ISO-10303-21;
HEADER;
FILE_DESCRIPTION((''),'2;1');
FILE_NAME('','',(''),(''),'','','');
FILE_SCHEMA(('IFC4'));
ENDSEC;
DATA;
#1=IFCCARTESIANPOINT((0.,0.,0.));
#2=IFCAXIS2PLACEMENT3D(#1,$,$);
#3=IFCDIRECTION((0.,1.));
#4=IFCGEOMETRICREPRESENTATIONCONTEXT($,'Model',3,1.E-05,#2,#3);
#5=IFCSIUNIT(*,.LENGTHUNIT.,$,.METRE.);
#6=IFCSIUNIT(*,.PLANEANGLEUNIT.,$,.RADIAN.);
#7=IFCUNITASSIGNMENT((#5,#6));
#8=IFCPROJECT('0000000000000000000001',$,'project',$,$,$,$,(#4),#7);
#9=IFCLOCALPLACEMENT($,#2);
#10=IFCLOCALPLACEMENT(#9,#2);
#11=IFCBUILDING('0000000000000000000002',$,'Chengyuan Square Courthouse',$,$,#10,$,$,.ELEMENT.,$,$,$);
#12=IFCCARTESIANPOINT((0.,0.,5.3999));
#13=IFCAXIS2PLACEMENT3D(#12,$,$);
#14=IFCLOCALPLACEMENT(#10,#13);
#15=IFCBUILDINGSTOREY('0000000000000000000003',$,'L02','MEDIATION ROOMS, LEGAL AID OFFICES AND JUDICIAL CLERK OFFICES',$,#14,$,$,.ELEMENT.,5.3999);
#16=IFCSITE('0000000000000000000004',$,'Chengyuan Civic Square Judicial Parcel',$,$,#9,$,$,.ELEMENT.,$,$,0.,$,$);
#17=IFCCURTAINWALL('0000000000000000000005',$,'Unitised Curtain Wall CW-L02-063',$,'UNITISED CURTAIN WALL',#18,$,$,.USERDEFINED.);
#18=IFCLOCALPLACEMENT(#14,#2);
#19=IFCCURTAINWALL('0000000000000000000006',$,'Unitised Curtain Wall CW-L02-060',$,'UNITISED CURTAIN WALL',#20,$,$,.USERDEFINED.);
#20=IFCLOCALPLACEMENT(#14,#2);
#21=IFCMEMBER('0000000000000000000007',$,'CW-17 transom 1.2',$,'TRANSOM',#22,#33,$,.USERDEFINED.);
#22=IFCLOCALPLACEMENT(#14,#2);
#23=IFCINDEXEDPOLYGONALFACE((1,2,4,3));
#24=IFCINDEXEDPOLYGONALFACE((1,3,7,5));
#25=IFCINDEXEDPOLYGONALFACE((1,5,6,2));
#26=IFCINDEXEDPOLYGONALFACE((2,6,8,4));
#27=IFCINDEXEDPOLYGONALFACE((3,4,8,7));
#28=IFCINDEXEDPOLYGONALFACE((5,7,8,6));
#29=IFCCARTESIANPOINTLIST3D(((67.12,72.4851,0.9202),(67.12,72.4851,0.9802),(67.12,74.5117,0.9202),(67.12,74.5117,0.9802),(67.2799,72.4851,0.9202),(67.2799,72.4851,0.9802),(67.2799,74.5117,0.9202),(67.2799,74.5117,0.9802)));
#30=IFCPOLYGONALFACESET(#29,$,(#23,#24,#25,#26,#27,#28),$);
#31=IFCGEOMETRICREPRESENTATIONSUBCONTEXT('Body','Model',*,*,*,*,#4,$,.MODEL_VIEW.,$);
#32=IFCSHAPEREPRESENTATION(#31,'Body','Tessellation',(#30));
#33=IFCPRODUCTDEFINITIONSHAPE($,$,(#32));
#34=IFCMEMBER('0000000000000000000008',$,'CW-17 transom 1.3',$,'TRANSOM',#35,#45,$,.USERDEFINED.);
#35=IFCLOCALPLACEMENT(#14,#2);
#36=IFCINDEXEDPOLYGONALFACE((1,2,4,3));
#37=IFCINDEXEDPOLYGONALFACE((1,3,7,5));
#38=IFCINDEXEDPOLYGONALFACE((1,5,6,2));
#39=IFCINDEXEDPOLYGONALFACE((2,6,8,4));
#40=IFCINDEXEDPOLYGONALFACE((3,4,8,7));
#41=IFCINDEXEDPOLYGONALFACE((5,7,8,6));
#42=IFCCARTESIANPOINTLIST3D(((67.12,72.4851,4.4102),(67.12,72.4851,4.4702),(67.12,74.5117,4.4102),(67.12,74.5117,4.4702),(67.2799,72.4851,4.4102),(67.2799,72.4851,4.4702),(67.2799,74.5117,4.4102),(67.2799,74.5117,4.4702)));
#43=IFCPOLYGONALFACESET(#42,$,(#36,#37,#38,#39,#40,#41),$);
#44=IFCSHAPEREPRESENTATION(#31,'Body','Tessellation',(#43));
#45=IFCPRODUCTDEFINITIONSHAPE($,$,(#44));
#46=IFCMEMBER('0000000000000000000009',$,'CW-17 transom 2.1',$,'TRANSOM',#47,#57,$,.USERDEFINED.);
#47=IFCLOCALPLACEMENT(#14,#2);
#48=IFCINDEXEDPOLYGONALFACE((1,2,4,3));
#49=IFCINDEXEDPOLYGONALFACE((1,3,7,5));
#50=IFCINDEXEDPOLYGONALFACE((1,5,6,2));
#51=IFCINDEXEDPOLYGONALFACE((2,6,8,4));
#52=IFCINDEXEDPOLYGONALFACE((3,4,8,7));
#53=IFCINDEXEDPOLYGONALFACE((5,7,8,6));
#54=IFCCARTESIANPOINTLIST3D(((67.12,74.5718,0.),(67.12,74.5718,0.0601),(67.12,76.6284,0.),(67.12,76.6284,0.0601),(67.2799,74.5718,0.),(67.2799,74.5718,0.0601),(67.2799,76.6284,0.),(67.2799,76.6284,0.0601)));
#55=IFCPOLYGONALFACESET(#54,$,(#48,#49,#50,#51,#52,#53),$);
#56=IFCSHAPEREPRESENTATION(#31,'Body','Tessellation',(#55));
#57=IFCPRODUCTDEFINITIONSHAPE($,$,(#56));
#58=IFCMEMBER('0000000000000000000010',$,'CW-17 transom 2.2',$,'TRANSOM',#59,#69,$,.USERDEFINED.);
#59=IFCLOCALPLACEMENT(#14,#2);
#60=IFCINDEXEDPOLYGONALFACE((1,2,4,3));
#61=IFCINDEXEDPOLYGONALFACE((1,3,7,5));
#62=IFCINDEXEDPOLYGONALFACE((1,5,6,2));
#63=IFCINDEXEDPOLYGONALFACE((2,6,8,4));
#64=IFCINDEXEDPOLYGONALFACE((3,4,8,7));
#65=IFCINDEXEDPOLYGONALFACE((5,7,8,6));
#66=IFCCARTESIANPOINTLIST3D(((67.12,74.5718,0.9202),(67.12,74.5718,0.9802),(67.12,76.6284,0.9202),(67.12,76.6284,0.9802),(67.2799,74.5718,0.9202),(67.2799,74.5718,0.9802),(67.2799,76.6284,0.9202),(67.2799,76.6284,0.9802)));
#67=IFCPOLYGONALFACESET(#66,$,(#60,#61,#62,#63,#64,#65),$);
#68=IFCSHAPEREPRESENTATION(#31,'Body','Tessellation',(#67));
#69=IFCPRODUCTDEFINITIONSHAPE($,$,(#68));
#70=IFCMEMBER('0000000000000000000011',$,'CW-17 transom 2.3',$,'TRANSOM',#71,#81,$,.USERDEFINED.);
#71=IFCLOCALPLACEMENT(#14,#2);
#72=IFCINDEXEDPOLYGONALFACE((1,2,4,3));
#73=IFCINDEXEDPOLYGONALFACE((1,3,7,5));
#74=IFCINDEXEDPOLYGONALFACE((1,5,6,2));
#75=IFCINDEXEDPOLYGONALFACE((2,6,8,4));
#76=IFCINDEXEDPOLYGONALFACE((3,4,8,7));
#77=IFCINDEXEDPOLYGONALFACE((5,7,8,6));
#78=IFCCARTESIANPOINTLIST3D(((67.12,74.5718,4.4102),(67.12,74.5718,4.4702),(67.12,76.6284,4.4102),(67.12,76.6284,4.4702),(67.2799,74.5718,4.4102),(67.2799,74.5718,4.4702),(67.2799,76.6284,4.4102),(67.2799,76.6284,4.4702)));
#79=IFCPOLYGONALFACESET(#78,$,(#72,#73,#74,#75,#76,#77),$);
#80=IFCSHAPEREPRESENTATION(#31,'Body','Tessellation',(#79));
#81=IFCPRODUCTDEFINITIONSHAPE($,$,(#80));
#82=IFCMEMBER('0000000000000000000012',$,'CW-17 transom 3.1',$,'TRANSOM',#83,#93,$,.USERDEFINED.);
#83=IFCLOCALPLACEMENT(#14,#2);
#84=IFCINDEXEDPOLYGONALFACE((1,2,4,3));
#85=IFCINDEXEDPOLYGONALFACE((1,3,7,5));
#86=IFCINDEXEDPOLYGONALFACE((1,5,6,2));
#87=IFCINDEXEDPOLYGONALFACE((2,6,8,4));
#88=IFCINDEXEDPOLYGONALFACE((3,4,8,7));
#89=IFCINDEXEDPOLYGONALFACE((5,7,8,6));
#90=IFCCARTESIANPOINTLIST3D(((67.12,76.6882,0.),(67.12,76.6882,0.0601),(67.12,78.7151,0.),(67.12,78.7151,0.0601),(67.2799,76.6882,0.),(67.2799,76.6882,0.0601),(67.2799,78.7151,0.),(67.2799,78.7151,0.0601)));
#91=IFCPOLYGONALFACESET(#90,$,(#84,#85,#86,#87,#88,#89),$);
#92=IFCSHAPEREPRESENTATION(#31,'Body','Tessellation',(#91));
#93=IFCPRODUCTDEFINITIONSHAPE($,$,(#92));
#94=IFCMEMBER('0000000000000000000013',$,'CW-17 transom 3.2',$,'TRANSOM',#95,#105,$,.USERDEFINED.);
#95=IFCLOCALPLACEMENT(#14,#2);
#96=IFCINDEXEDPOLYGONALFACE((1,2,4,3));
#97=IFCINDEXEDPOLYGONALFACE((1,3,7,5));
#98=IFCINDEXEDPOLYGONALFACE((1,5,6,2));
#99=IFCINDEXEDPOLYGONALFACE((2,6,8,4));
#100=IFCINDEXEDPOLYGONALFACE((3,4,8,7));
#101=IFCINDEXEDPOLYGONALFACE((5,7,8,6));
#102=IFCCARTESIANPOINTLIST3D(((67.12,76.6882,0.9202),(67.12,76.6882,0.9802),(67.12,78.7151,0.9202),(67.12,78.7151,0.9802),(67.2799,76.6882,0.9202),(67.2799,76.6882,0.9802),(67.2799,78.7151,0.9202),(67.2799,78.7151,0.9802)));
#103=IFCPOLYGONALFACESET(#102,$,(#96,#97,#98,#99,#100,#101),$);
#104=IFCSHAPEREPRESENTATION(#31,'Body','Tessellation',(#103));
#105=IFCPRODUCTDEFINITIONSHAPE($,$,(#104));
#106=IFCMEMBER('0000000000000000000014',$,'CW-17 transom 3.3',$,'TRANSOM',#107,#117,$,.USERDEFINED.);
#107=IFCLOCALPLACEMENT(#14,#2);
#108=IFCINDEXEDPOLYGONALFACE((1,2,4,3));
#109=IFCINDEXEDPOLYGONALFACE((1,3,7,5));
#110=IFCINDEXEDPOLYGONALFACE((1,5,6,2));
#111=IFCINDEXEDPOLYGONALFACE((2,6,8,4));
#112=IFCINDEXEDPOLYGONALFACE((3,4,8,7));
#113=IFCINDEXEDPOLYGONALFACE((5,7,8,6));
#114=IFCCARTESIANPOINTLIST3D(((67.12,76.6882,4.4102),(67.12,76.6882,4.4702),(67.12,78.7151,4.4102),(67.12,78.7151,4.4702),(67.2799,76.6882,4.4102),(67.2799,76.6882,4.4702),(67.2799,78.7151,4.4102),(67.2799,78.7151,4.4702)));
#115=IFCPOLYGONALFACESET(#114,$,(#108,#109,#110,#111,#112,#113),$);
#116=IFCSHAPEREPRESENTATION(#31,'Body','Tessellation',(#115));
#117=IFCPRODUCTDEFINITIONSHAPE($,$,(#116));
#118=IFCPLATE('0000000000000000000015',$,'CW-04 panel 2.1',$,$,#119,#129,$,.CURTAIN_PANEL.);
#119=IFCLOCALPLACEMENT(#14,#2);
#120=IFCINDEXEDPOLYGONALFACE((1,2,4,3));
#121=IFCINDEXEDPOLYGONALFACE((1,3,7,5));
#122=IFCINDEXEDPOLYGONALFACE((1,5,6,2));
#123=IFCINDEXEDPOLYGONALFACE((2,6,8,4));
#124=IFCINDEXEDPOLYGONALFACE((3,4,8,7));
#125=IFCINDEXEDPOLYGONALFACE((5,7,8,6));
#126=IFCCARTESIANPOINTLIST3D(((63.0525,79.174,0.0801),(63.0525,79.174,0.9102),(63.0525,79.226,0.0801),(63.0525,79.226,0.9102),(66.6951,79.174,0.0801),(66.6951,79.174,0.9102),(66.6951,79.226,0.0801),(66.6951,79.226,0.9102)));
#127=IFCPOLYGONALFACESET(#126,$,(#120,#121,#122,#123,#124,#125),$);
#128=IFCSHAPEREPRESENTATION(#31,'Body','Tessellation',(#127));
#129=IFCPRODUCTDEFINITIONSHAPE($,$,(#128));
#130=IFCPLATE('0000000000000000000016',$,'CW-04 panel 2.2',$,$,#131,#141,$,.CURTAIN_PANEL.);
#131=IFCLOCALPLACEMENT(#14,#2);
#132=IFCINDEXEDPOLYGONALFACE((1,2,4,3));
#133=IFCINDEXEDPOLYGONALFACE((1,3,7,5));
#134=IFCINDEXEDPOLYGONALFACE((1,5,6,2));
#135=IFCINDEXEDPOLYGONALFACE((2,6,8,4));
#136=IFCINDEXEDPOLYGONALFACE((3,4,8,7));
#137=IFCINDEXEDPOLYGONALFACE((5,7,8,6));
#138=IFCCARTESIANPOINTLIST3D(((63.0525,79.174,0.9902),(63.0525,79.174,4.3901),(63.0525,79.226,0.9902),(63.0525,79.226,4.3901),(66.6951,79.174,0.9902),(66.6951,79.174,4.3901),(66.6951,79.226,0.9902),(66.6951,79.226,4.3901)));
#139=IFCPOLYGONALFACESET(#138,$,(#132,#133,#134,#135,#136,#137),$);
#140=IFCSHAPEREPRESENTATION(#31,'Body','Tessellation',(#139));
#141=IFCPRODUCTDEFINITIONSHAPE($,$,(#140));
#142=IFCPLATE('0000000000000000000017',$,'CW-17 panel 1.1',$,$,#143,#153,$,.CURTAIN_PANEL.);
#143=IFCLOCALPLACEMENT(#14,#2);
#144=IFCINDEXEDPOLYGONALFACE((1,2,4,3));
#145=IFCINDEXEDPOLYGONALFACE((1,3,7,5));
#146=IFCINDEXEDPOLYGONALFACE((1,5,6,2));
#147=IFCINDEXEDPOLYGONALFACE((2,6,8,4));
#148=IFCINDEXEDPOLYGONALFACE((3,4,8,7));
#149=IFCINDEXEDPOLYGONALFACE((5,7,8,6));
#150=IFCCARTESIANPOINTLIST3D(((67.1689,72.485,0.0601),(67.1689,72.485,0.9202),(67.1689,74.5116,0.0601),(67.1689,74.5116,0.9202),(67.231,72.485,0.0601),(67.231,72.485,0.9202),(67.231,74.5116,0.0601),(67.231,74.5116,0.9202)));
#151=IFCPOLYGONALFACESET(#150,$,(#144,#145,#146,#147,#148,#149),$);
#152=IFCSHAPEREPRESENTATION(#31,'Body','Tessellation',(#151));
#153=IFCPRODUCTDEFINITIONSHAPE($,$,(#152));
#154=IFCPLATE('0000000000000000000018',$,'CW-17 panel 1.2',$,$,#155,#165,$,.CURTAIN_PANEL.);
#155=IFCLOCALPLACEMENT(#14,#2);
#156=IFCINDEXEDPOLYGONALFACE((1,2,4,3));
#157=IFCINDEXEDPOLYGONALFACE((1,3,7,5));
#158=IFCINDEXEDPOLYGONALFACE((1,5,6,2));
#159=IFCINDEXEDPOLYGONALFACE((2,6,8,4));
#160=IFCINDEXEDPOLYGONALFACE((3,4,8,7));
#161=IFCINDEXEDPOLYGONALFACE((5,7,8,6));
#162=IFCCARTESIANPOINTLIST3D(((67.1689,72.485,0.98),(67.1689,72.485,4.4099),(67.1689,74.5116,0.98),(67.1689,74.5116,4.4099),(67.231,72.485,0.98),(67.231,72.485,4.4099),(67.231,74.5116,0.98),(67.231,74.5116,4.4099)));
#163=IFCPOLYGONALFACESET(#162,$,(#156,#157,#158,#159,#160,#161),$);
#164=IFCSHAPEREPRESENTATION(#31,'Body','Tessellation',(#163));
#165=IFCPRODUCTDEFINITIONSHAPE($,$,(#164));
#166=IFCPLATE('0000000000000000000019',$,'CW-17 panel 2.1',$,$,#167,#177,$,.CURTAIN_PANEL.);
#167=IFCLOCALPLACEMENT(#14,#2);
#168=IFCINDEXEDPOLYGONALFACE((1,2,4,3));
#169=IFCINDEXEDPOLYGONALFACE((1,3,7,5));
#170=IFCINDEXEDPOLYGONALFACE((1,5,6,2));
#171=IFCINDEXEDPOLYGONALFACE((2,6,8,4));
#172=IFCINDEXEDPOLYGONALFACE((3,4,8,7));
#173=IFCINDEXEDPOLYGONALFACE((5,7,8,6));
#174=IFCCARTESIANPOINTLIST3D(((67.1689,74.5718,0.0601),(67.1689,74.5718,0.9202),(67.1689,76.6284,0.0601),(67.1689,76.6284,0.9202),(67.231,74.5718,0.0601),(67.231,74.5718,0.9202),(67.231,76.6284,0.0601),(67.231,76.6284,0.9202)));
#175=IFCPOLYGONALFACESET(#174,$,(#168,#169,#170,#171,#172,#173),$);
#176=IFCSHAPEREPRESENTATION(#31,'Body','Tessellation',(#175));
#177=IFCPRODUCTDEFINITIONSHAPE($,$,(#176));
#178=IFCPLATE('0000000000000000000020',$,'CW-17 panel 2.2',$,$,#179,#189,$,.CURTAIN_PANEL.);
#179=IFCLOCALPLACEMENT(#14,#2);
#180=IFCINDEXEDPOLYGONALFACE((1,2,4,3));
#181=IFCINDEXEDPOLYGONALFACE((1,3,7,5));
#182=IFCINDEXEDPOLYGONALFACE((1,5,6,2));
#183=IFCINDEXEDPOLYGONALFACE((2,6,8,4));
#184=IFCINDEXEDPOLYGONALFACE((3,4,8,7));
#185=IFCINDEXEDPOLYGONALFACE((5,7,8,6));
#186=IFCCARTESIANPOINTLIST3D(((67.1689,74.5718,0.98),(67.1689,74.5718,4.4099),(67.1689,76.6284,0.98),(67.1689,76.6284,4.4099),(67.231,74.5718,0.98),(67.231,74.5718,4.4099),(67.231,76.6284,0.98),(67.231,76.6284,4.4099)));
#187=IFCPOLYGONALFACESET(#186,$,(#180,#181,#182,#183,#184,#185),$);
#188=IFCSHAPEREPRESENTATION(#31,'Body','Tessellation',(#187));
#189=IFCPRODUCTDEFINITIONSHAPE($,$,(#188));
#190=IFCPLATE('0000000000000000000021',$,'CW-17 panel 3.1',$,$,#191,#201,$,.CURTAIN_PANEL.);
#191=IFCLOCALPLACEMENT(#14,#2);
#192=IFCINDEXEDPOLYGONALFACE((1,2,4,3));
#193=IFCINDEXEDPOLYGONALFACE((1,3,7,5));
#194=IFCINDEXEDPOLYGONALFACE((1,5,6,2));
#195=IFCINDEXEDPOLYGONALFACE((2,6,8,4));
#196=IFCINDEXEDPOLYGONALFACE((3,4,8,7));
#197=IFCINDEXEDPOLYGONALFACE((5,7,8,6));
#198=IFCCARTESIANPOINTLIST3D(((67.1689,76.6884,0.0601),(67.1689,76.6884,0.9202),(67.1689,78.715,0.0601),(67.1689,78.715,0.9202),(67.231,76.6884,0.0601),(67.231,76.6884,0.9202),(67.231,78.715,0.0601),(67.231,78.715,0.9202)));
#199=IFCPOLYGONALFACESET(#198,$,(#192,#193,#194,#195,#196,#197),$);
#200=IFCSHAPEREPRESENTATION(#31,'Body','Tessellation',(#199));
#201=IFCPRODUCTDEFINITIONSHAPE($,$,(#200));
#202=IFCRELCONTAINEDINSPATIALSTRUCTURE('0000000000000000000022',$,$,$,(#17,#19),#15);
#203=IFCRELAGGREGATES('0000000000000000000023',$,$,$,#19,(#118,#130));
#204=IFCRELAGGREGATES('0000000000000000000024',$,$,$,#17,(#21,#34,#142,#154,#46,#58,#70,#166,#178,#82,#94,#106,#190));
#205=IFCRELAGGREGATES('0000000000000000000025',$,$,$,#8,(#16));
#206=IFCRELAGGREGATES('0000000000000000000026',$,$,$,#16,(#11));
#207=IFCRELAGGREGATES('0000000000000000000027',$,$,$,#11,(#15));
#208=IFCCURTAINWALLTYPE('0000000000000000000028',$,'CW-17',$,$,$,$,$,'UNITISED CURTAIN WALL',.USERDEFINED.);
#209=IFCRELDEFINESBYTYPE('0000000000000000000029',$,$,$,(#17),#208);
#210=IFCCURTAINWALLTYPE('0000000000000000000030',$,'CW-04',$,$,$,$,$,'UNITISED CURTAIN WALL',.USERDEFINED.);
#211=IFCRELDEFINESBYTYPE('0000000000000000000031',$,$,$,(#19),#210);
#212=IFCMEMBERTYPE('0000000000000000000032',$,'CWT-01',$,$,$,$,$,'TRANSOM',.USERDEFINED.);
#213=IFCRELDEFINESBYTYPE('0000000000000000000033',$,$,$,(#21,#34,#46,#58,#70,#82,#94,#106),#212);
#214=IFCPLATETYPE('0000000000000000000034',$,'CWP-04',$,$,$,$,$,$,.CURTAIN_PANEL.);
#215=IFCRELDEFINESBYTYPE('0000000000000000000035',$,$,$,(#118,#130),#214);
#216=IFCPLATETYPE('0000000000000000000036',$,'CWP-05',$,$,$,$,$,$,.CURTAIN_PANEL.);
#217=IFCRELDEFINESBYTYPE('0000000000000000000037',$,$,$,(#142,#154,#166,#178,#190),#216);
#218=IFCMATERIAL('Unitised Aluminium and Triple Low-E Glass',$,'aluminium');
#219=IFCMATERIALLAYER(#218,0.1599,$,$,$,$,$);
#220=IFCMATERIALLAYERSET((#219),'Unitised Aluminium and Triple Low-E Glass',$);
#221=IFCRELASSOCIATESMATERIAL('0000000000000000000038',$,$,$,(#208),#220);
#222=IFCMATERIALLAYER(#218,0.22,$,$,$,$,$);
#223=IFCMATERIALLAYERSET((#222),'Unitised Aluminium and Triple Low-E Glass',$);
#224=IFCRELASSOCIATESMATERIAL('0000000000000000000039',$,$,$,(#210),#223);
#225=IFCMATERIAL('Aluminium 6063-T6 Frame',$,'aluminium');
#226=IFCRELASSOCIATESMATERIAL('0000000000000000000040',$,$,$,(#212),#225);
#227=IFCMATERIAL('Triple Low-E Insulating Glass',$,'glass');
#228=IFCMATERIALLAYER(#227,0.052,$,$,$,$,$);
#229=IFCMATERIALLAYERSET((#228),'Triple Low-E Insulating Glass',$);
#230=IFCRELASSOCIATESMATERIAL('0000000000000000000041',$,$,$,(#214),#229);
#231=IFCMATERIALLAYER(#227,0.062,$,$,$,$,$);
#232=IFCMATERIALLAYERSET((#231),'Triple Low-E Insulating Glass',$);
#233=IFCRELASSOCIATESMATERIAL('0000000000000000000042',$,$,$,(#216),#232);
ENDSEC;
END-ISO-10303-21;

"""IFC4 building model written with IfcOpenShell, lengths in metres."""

from ifc_helpers import new_model, si_unit, direction, frame, origin, origin_2d, place, context, subcontext, project, spatial, rectangle, extrude, material, layer, layer_set, material_profile, profile_set, type_object, element, aggregate, save


model = new_model("IFC4")

# Units and contexts
model_context = context("Model", 3, precision=1e-05, world=origin(), true_north=direction((0.0, 1.0)))
body_context = subcontext(model_context, "Body", "Model", "MODEL_VIEW")
ifc_project = project(units=[si_unit("LENGTHUNIT", "METRE"), si_unit("PLANEANGLEUNIT", "RADIAN")], contexts=[model_context])

# Site, building, storey
site_placement = place(None, origin())
site = spatial("IfcSite", under=ifc_project, at=site_placement, Name="Chengyuan Civic Square Judicial Parcel", CompositionType="ELEMENT", RefElevation=0.0)
building_placement = place(site_placement, origin())
building = spatial("IfcBuilding", under=site, at=building_placement, Name="Chengyuan Square Courthouse", CompositionType="ELEMENT")
storey_placement = place(building_placement, frame((0.0, 0.0, 5.3999)))
storey = spatial("IfcBuildingStorey", under=building, at=storey_placement, Name="L02", Description="MEDIATION ROOMS, LEGAL AID OFFICES AND JUDICIAL CLERK OFFICES", CompositionType="ELEMENT", Elevation=5.3999)

# Curtain wall
ifc_material_1 = material(Name="Unitised Aluminium and Triple Low-E Glass", Category="aluminium")
ifc_layer_1 = layer(ifc_material_1, 0.1599)
ifc_layer_set_1 = layer_set([ifc_layer_1], Name="Unitised Aluminium and Triple Low-E Glass")
curtain_wall_type_1 = type_object("IfcCurtainWallType", Name="CW-17", ElementType="UNITISED CURTAIN WALL", PredefinedType="USERDEFINED", material=ifc_layer_set_1)
curtain_wall_1_placement = place(storey_placement, origin())
curtain_wall_1 = element("IfcCurtainWall", 1, at=curtain_wall_1_placement, inside=storey, type_object=curtain_wall_type_1, Name="Unitised Curtain Wall CW-L02-063", ObjectType="UNITISED CURTAIN WALL", PredefinedType="USERDEFINED")
ifc_material_2 = material(Name="Aluminium 6063-T6 Frame", Category="aluminium")

# Curtain wall
ifc_layer_2 = layer(ifc_material_1, 0.22)
ifc_layer_set_2 = layer_set([ifc_layer_2], Name="Unitised Aluminium and Triple Low-E Glass")
curtain_wall_type_2 = type_object("IfcCurtainWallType", Name="CW-04", ElementType="UNITISED CURTAIN WALL", PredefinedType="USERDEFINED", material=ifc_layer_set_2)
curtain_wall_2_placement = place(storey_placement, origin())
curtain_wall_2 = element("IfcCurtainWall", 2, at=curtain_wall_2_placement, inside=storey, type_object=curtain_wall_type_2, Name="Unitised Curtain Wall CW-L02-060", ObjectType="UNITISED CURTAIN WALL", PredefinedType="USERDEFINED")

# Members
ifc_material_profile_1 = material_profile(ifc_material_2, rectangle(XDim=0.1599, YDim=0.0601, at=origin_2d()), Name="CW-TRN-60x120")
ifc_profile_set_1 = profile_set([ifc_material_profile_1], Name="Aluminium 6063-T6 Frame")
member_type_1 = type_object("IfcMemberType", Name="CWT-01", ElementType="TRANSOM", PredefinedType="USERDEFINED", material=ifc_profile_set_1)
member_1_placement = place(storey_placement, frame((67.2, 72.4851, 0.9502), z_axis=(0.0, 1.0, 0.0), x_axis=(-1.0, 0.0, 0.0)))
member_1 = element("IfcMember", 3, at=member_1_placement, type_object=member_type_1, Name="CW-17 transom 1.2", ObjectType="TRANSOM", PredefinedType="USERDEFINED", context=body_context, shape_type="SweptSolid", body=[
    extrude(rectangle(XDim=0.1599, YDim=0.0601, at=origin_2d()), origin(), (0.0, 0.0, 1.0), 2.0266),
])
member_2_placement = place(storey_placement, frame((67.2, 72.4851, 4.4402), z_axis=(0.0, 1.0, 0.0), x_axis=(-1.0, 0.0, 0.0)))
member_2 = element("IfcMember", 4, at=member_2_placement, type_object=member_type_1, Name="CW-17 transom 1.3", ObjectType="TRANSOM", PredefinedType="USERDEFINED", context=body_context, shape_type="SweptSolid", body=[
    extrude(rectangle(XDim=0.1599, YDim=0.0601, at=origin_2d()), origin(), (0.0, 0.0, 1.0), 2.0266),
])
member_3_placement = place(storey_placement, frame((67.2, 74.5718, 0.03), z_axis=(0.0, 1.0, 0.0), x_axis=(-1.0, 0.0, 0.0)))
member_3 = element("IfcMember", 5, at=member_3_placement, type_object=member_type_1, Name="CW-17 transom 2.1", ObjectType="TRANSOM", PredefinedType="USERDEFINED", context=body_context, shape_type="SweptSolid", body=[
    extrude(rectangle(XDim=0.1599, YDim=0.0601, at=origin_2d()), origin(), (0.0, 0.0, 1.0), 2.0566),
])
member_4_placement = place(storey_placement, frame((67.2, 74.5718, 0.9502), z_axis=(0.0, 1.0, 0.0), x_axis=(-1.0, 0.0, 0.0)))
member_4 = element("IfcMember", 6, at=member_4_placement, type_object=member_type_1, Name="CW-17 transom 2.2", ObjectType="TRANSOM", PredefinedType="USERDEFINED", context=body_context, shape_type="SweptSolid", body=[
    extrude(rectangle(XDim=0.1599, YDim=0.0601, at=origin_2d()), origin(), (0.0, 0.0, 1.0), 2.0566),
])
member_5_placement = place(storey_placement, frame((67.2, 74.5718, 4.4402), z_axis=(0.0, 1.0, 0.0), x_axis=(-1.0, 0.0, 0.0)))
member_5 = element("IfcMember", 7, at=member_5_placement, type_object=member_type_1, Name="CW-17 transom 2.3", ObjectType="TRANSOM", PredefinedType="USERDEFINED", context=body_context, shape_type="SweptSolid", body=[
    extrude(rectangle(XDim=0.1599, YDim=0.0601, at=origin_2d()), origin(), (0.0, 0.0, 1.0), 2.0566),
])
member_6_placement = place(storey_placement, frame((67.2, 76.6882, 0.03), z_axis=(0.0, 1.0, 0.0), x_axis=(-1.0, 0.0, 0.0)))
member_6 = element("IfcMember", 8, at=member_6_placement, type_object=member_type_1, Name="CW-17 transom 3.1", ObjectType="TRANSOM", PredefinedType="USERDEFINED", context=body_context, shape_type="SweptSolid", body=[
    extrude(rectangle(XDim=0.1599, YDim=0.0601, at=origin_2d()), origin(), (0.0, 0.0, 1.0), 2.0269),
])
member_7_placement = place(storey_placement, frame((67.2, 76.6882, 0.9502), z_axis=(0.0, 1.0, 0.0), x_axis=(-1.0, 0.0, 0.0)))
member_7 = element("IfcMember", 9, at=member_7_placement, type_object=member_type_1, Name="CW-17 transom 3.2", ObjectType="TRANSOM", PredefinedType="USERDEFINED", context=body_context, shape_type="SweptSolid", body=[
    extrude(rectangle(XDim=0.1599, YDim=0.0601, at=origin_2d()), origin(), (0.0, 0.0, 1.0), 2.0269),
])
member_8_placement = place(storey_placement, frame((67.2, 76.6882, 4.4402), z_axis=(0.0, 1.0, 0.0), x_axis=(-1.0, 0.0, 0.0)))
member_8 = element("IfcMember", 10, at=member_8_placement, type_object=member_type_1, Name="CW-17 transom 3.3", ObjectType="TRANSOM", PredefinedType="USERDEFINED", context=body_context, shape_type="SweptSolid", body=[
    extrude(rectangle(XDim=0.1599, YDim=0.0601, at=origin_2d()), origin(), (0.0, 0.0, 1.0), 2.0269),
])

# Plates
ifc_material_3 = material(Name="Triple Low-E Insulating Glass", Category="glass")
ifc_layer_3 = layer(ifc_material_3, 0.052)
ifc_layer_set_3 = layer_set([ifc_layer_3], Name="Triple Low-E Insulating Glass")
plate_type_1 = type_object("IfcPlateType", Name="CWP-04", PredefinedType="CURTAIN_PANEL", material=ifc_layer_set_3)
plate_1_placement = place(storey_placement, frame((64.8738, 79.2, 0.0801), z_axis=(0.0, 0.0, 1.0), x_axis=(1.0, 0.0, 0.0)))
plate_1 = element("IfcPlate", 11, at=plate_1_placement, type_object=plate_type_1, Name="CW-04 panel 2.1", PredefinedType="CURTAIN_PANEL", context=body_context, shape_type="SweptSolid", body=[
    extrude(rectangle(XDim=3.6426, YDim=0.052, at=origin_2d()), origin(), (0.0, 0.0, 1.0), 0.8301),
])
plate_2_placement = place(storey_placement, frame((64.8738, 79.2, 0.9902), z_axis=(0.0, 0.0, 1.0), x_axis=(1.0, 0.0, 0.0)))
plate_2 = element("IfcPlate", 12, at=plate_2_placement, type_object=plate_type_1, Name="CW-04 panel 2.2", PredefinedType="CURTAIN_PANEL", context=body_context, shape_type="SweptSolid", body=[
    extrude(rectangle(XDim=3.6426, YDim=0.052, at=origin_2d()), origin(), (0.0, 0.0, 1.0), 3.3999),
])
aggregate(curtain_wall_2, [plate_1, plate_2])
ifc_layer_4 = layer(ifc_material_3, 0.062)
ifc_layer_set_4 = layer_set([ifc_layer_4], Name="Triple Low-E Insulating Glass")
plate_type_2 = type_object("IfcPlateType", Name="CWP-05", PredefinedType="CURTAIN_PANEL", material=ifc_layer_set_4)
plate_3_placement = place(storey_placement, frame((67.2, 73.4983, 0.0601), z_axis=(0.0, 0.0, 1.0), x_axis=(0.0, 1.0, 0.0)))
plate_3 = element("IfcPlate", 13, at=plate_3_placement, type_object=plate_type_2, Name="CW-17 panel 1.1", PredefinedType="CURTAIN_PANEL", context=body_context, shape_type="SweptSolid", body=[
    extrude(rectangle(XDim=2.0266, YDim=0.062, at=origin_2d()), origin(), (0.0, 0.0, 1.0), 0.8601),
])
plate_4_placement = place(storey_placement, frame((67.2, 73.4983, 0.98), z_axis=(0.0, 0.0, 1.0), x_axis=(0.0, 1.0, 0.0)))
plate_4 = element("IfcPlate", 14, at=plate_4_placement, type_object=plate_type_2, Name="CW-17 panel 1.2", PredefinedType="CURTAIN_PANEL", context=body_context, shape_type="SweptSolid", body=[
    extrude(rectangle(XDim=2.0266, YDim=0.062, at=origin_2d()), origin(), (0.0, 0.0, 1.0), 3.4299),
])
plate_5_placement = place(storey_placement, frame((67.2, 75.6001, 0.0601), z_axis=(0.0, 0.0, 1.0), x_axis=(0.0, 1.0, 0.0)))
plate_5 = element("IfcPlate", 15, at=plate_5_placement, type_object=plate_type_2, Name="CW-17 panel 2.1", PredefinedType="CURTAIN_PANEL", context=body_context, shape_type="SweptSolid", body=[
    extrude(rectangle(XDim=2.0566, YDim=0.062, at=origin_2d()), origin(), (0.0, 0.0, 1.0), 0.8601),
])
plate_6_placement = place(storey_placement, frame((67.2, 75.6001, 0.98), z_axis=(0.0, 0.0, 1.0), x_axis=(0.0, 1.0, 0.0)))
plate_6 = element("IfcPlate", 16, at=plate_6_placement, type_object=plate_type_2, Name="CW-17 panel 2.2", PredefinedType="CURTAIN_PANEL", context=body_context, shape_type="SweptSolid", body=[
    extrude(rectangle(XDim=2.0566, YDim=0.062, at=origin_2d()), origin(), (0.0, 0.0, 1.0), 3.4299),
])
plate_7_placement = place(storey_placement, frame((67.2, 77.7017, 0.0601), z_axis=(0.0, 0.0, 1.0), x_axis=(0.0, 1.0, 0.0)))
plate_7 = element("IfcPlate", 17, at=plate_7_placement, type_object=plate_type_2, Name="CW-17 panel 3.1", PredefinedType="CURTAIN_PANEL", context=body_context, shape_type="SweptSolid", body=[
    extrude(rectangle(XDim=2.0266, YDim=0.062, at=origin_2d()), origin(), (0.0, 0.0, 1.0), 0.8601),
])
aggregate(curtain_wall_1, [member_1, member_2, plate_3, plate_4, member_3, member_4, member_5, plate_5, plate_6, member_6, member_7, member_8, plate_7])

save(model, "model.ifc")
